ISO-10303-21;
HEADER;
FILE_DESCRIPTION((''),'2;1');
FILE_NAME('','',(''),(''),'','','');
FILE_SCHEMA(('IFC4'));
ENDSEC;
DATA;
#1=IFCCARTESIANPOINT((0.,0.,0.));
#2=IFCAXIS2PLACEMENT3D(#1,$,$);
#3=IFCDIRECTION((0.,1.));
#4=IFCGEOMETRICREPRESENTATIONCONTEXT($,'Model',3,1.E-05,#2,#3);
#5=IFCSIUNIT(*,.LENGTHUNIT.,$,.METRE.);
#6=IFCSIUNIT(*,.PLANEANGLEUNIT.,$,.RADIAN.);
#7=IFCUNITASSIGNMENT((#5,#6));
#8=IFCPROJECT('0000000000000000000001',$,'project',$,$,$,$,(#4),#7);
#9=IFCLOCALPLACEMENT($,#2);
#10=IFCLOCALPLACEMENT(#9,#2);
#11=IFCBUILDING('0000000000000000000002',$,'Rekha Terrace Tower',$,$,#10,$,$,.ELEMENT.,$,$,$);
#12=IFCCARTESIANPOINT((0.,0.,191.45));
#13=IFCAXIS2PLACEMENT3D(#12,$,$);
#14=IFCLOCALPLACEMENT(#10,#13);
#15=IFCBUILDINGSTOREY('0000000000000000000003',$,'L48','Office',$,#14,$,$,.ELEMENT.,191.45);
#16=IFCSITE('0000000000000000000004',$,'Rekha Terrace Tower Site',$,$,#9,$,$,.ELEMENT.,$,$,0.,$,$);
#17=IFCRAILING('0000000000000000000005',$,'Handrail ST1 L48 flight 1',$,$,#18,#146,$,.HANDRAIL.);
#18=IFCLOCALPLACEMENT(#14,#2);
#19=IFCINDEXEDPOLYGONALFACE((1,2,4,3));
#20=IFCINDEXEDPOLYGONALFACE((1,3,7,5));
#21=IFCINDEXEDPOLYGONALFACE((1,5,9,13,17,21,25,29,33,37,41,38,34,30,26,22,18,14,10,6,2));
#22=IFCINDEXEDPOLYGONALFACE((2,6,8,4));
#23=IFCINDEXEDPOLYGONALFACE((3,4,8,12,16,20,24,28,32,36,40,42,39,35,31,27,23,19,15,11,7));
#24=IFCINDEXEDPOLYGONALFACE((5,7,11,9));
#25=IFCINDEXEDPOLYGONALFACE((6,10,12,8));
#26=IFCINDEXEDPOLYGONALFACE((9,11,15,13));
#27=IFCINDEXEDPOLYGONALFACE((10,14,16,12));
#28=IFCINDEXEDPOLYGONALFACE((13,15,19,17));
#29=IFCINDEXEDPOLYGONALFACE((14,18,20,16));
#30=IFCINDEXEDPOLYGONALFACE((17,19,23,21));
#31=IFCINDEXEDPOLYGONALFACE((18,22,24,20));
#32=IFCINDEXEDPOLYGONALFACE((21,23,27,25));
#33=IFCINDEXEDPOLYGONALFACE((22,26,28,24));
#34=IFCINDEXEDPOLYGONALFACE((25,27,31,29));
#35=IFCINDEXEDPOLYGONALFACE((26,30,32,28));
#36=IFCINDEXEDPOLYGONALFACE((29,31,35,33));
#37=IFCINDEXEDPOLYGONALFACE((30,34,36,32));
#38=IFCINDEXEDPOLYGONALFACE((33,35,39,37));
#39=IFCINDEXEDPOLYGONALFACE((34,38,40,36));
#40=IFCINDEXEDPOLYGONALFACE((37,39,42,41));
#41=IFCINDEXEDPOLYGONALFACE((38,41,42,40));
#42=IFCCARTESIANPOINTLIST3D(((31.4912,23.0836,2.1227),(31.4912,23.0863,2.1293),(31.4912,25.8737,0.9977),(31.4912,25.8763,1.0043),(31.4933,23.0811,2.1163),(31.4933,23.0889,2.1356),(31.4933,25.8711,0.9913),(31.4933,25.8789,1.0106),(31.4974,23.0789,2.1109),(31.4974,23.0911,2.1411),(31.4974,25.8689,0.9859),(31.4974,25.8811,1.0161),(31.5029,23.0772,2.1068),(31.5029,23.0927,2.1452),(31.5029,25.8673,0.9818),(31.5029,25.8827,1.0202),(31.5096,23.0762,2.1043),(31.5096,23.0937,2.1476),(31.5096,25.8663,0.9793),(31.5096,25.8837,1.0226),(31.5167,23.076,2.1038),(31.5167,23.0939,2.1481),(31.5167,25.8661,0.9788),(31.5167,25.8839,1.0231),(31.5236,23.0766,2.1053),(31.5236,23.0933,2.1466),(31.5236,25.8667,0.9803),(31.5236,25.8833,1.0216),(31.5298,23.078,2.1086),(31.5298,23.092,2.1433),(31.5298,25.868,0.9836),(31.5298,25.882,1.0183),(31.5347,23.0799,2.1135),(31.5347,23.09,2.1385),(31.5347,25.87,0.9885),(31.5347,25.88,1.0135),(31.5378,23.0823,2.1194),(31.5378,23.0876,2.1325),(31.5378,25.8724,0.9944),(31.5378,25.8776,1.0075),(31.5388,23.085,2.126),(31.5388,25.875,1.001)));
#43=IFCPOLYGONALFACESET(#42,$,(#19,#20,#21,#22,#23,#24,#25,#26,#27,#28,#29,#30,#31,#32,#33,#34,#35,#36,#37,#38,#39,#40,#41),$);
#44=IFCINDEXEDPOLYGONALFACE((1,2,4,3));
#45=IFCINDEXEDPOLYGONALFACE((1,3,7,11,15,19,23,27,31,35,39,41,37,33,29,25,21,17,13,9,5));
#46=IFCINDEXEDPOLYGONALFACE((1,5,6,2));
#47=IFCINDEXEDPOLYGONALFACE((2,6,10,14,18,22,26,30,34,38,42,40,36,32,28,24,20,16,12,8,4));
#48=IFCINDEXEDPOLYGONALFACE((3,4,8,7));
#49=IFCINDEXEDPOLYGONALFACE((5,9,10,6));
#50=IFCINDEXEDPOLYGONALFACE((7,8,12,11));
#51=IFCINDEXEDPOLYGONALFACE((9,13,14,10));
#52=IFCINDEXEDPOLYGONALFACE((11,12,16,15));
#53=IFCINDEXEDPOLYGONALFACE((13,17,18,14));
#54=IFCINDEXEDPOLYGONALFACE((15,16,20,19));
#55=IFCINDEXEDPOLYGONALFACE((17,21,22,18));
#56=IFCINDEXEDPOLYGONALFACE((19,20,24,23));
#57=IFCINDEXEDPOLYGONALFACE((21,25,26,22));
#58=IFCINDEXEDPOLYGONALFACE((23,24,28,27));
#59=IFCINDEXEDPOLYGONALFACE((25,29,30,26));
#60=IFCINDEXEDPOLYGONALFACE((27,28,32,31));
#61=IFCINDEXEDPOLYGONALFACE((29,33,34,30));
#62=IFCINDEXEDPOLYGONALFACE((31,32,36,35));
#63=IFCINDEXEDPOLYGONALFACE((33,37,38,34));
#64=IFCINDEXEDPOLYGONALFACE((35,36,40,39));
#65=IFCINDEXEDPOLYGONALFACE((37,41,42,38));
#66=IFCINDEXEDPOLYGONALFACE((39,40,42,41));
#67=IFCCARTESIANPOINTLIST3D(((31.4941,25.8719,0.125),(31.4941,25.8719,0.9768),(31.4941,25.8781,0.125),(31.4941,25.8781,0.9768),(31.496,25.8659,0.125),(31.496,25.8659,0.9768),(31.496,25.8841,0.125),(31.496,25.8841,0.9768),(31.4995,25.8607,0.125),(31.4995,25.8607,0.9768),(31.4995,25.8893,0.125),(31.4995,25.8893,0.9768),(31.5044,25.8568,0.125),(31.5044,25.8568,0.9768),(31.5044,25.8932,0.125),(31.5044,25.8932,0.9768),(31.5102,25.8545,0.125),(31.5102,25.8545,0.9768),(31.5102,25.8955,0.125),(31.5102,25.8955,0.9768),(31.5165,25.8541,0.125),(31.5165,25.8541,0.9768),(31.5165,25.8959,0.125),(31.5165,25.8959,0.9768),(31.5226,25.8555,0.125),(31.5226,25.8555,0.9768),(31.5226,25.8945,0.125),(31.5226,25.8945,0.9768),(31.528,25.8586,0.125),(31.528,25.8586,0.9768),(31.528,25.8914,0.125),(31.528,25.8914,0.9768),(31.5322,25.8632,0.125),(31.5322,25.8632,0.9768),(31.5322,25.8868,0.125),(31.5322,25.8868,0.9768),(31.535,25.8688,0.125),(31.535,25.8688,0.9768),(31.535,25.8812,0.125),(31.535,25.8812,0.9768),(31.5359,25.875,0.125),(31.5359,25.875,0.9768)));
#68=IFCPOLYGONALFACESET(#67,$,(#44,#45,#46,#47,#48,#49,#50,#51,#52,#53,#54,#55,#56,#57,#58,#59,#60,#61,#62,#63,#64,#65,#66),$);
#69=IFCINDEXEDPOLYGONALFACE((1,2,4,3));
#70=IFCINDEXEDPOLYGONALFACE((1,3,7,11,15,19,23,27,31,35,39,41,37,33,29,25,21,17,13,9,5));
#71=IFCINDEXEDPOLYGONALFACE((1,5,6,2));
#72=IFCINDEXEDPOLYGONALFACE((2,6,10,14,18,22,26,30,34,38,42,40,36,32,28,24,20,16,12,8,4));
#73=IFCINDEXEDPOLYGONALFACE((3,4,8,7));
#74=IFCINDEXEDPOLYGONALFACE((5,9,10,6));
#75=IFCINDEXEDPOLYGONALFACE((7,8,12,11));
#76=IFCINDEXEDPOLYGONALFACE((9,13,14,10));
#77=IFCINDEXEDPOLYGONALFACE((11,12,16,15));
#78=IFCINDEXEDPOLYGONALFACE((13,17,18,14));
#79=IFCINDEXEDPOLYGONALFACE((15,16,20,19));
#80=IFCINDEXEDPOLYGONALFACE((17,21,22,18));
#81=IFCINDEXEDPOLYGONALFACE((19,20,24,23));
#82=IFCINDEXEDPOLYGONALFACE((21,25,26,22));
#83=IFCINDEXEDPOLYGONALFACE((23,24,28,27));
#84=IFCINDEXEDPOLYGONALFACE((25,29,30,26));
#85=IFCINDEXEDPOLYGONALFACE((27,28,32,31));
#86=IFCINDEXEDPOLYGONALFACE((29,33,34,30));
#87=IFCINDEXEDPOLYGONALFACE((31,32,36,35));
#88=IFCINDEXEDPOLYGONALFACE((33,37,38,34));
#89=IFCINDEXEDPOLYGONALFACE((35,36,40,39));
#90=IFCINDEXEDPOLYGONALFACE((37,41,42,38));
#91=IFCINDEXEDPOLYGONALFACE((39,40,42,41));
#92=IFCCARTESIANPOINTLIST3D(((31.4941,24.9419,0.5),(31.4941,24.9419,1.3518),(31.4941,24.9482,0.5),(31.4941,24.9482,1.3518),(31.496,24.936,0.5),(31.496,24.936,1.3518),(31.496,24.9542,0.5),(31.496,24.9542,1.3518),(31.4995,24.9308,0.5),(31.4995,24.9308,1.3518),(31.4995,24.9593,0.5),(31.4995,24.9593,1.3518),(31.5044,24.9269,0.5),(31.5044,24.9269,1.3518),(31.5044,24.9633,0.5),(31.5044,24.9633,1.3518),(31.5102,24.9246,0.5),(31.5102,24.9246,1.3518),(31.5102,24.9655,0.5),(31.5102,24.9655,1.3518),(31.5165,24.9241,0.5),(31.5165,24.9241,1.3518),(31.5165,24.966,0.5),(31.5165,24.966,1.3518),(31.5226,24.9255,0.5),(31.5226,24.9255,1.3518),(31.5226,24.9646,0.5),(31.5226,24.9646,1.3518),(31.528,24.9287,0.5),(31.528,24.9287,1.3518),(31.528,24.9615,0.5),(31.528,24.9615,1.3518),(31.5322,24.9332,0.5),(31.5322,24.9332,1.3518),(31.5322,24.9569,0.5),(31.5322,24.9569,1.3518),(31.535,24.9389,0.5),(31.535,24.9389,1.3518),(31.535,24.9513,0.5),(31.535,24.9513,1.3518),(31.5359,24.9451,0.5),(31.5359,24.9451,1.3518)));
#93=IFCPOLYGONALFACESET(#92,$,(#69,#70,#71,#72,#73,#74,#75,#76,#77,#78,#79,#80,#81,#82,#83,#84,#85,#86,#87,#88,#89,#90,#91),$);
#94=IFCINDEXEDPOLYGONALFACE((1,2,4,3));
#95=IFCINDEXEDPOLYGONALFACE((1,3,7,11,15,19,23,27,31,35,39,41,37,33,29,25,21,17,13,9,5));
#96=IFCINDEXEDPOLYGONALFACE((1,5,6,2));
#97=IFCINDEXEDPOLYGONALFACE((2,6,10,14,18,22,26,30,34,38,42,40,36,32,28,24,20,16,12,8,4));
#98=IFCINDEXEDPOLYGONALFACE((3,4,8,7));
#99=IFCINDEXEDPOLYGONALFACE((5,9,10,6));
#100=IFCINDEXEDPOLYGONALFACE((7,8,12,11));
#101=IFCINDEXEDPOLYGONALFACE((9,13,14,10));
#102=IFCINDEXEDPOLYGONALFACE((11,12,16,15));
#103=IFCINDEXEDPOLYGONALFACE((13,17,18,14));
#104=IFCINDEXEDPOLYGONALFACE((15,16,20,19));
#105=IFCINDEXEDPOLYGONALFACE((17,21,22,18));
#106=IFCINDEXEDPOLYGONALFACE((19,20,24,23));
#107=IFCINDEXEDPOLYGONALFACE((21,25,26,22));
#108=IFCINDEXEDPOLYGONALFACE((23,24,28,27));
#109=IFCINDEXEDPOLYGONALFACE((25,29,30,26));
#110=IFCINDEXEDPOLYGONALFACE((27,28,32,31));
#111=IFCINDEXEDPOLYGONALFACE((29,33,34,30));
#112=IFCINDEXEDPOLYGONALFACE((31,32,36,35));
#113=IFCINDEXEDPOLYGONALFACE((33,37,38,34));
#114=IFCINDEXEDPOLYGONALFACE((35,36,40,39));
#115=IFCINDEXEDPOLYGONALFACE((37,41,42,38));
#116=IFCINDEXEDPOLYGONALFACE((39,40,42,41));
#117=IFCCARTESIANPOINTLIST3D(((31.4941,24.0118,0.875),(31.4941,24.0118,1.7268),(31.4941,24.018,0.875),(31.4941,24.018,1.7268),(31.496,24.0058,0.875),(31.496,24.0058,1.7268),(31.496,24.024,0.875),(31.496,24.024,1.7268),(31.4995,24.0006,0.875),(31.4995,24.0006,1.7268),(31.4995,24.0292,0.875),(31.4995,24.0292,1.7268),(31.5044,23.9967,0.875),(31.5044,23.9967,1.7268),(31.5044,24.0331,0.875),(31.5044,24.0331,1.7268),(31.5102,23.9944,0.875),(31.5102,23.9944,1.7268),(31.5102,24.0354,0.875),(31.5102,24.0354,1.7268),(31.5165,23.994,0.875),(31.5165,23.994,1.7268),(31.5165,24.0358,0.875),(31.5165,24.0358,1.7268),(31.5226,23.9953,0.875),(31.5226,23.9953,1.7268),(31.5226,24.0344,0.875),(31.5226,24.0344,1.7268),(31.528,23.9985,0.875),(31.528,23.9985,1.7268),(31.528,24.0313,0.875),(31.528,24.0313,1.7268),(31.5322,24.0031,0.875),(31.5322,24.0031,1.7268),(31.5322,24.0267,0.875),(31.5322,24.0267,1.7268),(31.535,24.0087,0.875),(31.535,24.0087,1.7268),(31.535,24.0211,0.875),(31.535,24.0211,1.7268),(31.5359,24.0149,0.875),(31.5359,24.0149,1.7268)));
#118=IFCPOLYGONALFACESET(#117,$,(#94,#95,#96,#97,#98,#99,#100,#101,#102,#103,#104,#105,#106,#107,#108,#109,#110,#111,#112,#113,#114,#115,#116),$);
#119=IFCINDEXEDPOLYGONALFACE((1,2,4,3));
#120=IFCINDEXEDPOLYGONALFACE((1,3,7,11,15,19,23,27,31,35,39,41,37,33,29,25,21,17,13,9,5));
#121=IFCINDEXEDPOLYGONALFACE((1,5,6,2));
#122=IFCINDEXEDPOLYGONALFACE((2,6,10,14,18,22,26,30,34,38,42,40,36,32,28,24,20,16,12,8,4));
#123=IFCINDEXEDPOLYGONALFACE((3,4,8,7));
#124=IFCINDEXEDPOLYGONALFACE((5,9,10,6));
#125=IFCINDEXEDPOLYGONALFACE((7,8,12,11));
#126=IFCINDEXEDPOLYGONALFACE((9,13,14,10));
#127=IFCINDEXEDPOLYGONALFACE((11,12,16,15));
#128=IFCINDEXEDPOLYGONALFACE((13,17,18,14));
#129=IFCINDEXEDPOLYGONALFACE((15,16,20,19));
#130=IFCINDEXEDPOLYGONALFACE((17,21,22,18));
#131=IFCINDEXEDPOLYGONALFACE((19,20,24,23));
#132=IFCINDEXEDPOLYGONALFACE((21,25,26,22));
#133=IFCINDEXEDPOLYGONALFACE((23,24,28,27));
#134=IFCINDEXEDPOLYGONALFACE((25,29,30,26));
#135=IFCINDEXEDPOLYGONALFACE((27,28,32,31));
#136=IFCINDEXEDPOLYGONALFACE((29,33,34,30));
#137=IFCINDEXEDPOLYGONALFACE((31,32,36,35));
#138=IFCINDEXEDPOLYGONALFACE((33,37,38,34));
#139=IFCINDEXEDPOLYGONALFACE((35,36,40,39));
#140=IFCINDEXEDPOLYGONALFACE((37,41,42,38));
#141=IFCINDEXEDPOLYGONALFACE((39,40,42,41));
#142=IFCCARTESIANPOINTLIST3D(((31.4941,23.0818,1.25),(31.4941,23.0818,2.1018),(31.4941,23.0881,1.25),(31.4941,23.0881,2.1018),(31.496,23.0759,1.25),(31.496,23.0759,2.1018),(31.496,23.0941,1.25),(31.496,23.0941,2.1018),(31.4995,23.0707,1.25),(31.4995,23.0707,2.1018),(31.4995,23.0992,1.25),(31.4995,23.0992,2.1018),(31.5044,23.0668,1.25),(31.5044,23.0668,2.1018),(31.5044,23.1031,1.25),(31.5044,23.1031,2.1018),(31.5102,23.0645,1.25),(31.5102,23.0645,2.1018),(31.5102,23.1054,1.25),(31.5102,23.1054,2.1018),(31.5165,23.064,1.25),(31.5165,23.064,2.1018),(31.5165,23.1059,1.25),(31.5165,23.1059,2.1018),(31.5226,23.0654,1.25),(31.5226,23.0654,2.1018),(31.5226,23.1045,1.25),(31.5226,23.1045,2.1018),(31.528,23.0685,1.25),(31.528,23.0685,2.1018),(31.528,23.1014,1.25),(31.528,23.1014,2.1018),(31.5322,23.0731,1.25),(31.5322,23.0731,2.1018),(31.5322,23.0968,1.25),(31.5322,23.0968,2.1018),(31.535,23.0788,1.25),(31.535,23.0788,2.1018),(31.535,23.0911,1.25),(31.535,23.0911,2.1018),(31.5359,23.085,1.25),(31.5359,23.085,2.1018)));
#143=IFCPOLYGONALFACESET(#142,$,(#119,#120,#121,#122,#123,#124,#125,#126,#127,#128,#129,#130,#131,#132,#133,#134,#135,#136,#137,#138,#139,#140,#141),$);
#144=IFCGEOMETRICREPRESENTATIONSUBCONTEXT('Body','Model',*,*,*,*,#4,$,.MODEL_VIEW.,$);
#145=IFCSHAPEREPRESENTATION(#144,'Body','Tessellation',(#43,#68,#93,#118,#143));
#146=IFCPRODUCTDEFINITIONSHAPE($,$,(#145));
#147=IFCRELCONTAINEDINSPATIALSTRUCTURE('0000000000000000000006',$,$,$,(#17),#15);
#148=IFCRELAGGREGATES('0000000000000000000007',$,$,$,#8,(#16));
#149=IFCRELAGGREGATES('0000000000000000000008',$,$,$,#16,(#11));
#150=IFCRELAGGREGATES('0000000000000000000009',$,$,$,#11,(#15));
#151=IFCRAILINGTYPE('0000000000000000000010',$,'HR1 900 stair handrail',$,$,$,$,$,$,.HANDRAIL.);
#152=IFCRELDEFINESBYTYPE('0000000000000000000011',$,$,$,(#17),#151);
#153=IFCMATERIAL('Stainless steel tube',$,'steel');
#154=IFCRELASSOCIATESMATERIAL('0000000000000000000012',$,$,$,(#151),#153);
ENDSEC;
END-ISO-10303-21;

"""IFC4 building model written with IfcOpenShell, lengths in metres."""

from ifc_helpers import new_model, si_unit, direction, frame, origin, origin_2d, place, context, subcontext, project, spatial, circle, extrude, material, type_object, element, save


model = new_model("IFC4")

# Units and contexts
model_context = context("Model", 3, precision=1e-05, world=origin(), true_north=direction((0.0, 1.0)))
body_context = subcontext(model_context, "Body", "Model", "MODEL_VIEW")
ifc_project = project(units=[si_unit("LENGTHUNIT", "METRE"), si_unit("PLANEANGLEUNIT", "RADIAN")], contexts=[model_context])

# Site, building, storey
site_placement = place(None, origin())
site = spatial("IfcSite", under=ifc_project, at=site_placement, Name="Rekha Terrace Tower Site", CompositionType="ELEMENT", RefElevation=0.0)
building_placement = place(site_placement, origin())
building = spatial("IfcBuilding", under=site, at=building_placement, Name="Rekha Terrace Tower", CompositionType="ELEMENT")
storey_placement = place(building_placement, frame((0.0, 0.0, 191.45)))
storey = spatial("IfcBuildingStorey", under=building, at=storey_placement, Name="L48", Description="Office", CompositionType="ELEMENT", Elevation=191.45)

# Railing
ifc_material_1 = material(Name="Stainless steel tube", Category="steel")
railing_type_1 = type_object("IfcRailingType", Name="HR1 900 stair handrail", PredefinedType="HANDRAIL", material=ifc_material_1)
railing_1_placement = place(storey_placement, frame((31.5149, 25.875, 0.125)))
element("IfcRailing", 1, at=railing_1_placement, inside=storey, type_object=railing_type_1, Name="Handrail ST1 L48 flight 1", PredefinedType="HANDRAIL", context=body_context, shape_type="SweptSolid", body=[
    extrude(circle(Radius=0.0239, at=origin_2d()), frame((0.0, 0.0, 0.876), z_axis=(0.0, -0.927443, 0.373964), x_axis=(1.0, 0.0, 0.0)), (0.0, 0.0, 1.0), 3.0083),
    extrude(circle(Radius=0.021, at=origin_2d()), origin(), (0.0, 0.0, 1.0), 0.8518),
    extrude(circle(Radius=0.021, at=origin_2d()), frame((0.0, -0.9299, 0.375)), (0.0, 0.0, 1.0), 0.8518),
    extrude(circle(Radius=0.021, at=origin_2d()), frame((0.0, -1.8601, 0.75)), (0.0, 0.0, 1.0), 0.8518),
    extrude(circle(Radius=0.021, at=origin_2d()), frame((0.0, -2.79, 1.125)), (0.0, 0.0, 1.0), 0.8518),
])

save(model, "model.ifc")
